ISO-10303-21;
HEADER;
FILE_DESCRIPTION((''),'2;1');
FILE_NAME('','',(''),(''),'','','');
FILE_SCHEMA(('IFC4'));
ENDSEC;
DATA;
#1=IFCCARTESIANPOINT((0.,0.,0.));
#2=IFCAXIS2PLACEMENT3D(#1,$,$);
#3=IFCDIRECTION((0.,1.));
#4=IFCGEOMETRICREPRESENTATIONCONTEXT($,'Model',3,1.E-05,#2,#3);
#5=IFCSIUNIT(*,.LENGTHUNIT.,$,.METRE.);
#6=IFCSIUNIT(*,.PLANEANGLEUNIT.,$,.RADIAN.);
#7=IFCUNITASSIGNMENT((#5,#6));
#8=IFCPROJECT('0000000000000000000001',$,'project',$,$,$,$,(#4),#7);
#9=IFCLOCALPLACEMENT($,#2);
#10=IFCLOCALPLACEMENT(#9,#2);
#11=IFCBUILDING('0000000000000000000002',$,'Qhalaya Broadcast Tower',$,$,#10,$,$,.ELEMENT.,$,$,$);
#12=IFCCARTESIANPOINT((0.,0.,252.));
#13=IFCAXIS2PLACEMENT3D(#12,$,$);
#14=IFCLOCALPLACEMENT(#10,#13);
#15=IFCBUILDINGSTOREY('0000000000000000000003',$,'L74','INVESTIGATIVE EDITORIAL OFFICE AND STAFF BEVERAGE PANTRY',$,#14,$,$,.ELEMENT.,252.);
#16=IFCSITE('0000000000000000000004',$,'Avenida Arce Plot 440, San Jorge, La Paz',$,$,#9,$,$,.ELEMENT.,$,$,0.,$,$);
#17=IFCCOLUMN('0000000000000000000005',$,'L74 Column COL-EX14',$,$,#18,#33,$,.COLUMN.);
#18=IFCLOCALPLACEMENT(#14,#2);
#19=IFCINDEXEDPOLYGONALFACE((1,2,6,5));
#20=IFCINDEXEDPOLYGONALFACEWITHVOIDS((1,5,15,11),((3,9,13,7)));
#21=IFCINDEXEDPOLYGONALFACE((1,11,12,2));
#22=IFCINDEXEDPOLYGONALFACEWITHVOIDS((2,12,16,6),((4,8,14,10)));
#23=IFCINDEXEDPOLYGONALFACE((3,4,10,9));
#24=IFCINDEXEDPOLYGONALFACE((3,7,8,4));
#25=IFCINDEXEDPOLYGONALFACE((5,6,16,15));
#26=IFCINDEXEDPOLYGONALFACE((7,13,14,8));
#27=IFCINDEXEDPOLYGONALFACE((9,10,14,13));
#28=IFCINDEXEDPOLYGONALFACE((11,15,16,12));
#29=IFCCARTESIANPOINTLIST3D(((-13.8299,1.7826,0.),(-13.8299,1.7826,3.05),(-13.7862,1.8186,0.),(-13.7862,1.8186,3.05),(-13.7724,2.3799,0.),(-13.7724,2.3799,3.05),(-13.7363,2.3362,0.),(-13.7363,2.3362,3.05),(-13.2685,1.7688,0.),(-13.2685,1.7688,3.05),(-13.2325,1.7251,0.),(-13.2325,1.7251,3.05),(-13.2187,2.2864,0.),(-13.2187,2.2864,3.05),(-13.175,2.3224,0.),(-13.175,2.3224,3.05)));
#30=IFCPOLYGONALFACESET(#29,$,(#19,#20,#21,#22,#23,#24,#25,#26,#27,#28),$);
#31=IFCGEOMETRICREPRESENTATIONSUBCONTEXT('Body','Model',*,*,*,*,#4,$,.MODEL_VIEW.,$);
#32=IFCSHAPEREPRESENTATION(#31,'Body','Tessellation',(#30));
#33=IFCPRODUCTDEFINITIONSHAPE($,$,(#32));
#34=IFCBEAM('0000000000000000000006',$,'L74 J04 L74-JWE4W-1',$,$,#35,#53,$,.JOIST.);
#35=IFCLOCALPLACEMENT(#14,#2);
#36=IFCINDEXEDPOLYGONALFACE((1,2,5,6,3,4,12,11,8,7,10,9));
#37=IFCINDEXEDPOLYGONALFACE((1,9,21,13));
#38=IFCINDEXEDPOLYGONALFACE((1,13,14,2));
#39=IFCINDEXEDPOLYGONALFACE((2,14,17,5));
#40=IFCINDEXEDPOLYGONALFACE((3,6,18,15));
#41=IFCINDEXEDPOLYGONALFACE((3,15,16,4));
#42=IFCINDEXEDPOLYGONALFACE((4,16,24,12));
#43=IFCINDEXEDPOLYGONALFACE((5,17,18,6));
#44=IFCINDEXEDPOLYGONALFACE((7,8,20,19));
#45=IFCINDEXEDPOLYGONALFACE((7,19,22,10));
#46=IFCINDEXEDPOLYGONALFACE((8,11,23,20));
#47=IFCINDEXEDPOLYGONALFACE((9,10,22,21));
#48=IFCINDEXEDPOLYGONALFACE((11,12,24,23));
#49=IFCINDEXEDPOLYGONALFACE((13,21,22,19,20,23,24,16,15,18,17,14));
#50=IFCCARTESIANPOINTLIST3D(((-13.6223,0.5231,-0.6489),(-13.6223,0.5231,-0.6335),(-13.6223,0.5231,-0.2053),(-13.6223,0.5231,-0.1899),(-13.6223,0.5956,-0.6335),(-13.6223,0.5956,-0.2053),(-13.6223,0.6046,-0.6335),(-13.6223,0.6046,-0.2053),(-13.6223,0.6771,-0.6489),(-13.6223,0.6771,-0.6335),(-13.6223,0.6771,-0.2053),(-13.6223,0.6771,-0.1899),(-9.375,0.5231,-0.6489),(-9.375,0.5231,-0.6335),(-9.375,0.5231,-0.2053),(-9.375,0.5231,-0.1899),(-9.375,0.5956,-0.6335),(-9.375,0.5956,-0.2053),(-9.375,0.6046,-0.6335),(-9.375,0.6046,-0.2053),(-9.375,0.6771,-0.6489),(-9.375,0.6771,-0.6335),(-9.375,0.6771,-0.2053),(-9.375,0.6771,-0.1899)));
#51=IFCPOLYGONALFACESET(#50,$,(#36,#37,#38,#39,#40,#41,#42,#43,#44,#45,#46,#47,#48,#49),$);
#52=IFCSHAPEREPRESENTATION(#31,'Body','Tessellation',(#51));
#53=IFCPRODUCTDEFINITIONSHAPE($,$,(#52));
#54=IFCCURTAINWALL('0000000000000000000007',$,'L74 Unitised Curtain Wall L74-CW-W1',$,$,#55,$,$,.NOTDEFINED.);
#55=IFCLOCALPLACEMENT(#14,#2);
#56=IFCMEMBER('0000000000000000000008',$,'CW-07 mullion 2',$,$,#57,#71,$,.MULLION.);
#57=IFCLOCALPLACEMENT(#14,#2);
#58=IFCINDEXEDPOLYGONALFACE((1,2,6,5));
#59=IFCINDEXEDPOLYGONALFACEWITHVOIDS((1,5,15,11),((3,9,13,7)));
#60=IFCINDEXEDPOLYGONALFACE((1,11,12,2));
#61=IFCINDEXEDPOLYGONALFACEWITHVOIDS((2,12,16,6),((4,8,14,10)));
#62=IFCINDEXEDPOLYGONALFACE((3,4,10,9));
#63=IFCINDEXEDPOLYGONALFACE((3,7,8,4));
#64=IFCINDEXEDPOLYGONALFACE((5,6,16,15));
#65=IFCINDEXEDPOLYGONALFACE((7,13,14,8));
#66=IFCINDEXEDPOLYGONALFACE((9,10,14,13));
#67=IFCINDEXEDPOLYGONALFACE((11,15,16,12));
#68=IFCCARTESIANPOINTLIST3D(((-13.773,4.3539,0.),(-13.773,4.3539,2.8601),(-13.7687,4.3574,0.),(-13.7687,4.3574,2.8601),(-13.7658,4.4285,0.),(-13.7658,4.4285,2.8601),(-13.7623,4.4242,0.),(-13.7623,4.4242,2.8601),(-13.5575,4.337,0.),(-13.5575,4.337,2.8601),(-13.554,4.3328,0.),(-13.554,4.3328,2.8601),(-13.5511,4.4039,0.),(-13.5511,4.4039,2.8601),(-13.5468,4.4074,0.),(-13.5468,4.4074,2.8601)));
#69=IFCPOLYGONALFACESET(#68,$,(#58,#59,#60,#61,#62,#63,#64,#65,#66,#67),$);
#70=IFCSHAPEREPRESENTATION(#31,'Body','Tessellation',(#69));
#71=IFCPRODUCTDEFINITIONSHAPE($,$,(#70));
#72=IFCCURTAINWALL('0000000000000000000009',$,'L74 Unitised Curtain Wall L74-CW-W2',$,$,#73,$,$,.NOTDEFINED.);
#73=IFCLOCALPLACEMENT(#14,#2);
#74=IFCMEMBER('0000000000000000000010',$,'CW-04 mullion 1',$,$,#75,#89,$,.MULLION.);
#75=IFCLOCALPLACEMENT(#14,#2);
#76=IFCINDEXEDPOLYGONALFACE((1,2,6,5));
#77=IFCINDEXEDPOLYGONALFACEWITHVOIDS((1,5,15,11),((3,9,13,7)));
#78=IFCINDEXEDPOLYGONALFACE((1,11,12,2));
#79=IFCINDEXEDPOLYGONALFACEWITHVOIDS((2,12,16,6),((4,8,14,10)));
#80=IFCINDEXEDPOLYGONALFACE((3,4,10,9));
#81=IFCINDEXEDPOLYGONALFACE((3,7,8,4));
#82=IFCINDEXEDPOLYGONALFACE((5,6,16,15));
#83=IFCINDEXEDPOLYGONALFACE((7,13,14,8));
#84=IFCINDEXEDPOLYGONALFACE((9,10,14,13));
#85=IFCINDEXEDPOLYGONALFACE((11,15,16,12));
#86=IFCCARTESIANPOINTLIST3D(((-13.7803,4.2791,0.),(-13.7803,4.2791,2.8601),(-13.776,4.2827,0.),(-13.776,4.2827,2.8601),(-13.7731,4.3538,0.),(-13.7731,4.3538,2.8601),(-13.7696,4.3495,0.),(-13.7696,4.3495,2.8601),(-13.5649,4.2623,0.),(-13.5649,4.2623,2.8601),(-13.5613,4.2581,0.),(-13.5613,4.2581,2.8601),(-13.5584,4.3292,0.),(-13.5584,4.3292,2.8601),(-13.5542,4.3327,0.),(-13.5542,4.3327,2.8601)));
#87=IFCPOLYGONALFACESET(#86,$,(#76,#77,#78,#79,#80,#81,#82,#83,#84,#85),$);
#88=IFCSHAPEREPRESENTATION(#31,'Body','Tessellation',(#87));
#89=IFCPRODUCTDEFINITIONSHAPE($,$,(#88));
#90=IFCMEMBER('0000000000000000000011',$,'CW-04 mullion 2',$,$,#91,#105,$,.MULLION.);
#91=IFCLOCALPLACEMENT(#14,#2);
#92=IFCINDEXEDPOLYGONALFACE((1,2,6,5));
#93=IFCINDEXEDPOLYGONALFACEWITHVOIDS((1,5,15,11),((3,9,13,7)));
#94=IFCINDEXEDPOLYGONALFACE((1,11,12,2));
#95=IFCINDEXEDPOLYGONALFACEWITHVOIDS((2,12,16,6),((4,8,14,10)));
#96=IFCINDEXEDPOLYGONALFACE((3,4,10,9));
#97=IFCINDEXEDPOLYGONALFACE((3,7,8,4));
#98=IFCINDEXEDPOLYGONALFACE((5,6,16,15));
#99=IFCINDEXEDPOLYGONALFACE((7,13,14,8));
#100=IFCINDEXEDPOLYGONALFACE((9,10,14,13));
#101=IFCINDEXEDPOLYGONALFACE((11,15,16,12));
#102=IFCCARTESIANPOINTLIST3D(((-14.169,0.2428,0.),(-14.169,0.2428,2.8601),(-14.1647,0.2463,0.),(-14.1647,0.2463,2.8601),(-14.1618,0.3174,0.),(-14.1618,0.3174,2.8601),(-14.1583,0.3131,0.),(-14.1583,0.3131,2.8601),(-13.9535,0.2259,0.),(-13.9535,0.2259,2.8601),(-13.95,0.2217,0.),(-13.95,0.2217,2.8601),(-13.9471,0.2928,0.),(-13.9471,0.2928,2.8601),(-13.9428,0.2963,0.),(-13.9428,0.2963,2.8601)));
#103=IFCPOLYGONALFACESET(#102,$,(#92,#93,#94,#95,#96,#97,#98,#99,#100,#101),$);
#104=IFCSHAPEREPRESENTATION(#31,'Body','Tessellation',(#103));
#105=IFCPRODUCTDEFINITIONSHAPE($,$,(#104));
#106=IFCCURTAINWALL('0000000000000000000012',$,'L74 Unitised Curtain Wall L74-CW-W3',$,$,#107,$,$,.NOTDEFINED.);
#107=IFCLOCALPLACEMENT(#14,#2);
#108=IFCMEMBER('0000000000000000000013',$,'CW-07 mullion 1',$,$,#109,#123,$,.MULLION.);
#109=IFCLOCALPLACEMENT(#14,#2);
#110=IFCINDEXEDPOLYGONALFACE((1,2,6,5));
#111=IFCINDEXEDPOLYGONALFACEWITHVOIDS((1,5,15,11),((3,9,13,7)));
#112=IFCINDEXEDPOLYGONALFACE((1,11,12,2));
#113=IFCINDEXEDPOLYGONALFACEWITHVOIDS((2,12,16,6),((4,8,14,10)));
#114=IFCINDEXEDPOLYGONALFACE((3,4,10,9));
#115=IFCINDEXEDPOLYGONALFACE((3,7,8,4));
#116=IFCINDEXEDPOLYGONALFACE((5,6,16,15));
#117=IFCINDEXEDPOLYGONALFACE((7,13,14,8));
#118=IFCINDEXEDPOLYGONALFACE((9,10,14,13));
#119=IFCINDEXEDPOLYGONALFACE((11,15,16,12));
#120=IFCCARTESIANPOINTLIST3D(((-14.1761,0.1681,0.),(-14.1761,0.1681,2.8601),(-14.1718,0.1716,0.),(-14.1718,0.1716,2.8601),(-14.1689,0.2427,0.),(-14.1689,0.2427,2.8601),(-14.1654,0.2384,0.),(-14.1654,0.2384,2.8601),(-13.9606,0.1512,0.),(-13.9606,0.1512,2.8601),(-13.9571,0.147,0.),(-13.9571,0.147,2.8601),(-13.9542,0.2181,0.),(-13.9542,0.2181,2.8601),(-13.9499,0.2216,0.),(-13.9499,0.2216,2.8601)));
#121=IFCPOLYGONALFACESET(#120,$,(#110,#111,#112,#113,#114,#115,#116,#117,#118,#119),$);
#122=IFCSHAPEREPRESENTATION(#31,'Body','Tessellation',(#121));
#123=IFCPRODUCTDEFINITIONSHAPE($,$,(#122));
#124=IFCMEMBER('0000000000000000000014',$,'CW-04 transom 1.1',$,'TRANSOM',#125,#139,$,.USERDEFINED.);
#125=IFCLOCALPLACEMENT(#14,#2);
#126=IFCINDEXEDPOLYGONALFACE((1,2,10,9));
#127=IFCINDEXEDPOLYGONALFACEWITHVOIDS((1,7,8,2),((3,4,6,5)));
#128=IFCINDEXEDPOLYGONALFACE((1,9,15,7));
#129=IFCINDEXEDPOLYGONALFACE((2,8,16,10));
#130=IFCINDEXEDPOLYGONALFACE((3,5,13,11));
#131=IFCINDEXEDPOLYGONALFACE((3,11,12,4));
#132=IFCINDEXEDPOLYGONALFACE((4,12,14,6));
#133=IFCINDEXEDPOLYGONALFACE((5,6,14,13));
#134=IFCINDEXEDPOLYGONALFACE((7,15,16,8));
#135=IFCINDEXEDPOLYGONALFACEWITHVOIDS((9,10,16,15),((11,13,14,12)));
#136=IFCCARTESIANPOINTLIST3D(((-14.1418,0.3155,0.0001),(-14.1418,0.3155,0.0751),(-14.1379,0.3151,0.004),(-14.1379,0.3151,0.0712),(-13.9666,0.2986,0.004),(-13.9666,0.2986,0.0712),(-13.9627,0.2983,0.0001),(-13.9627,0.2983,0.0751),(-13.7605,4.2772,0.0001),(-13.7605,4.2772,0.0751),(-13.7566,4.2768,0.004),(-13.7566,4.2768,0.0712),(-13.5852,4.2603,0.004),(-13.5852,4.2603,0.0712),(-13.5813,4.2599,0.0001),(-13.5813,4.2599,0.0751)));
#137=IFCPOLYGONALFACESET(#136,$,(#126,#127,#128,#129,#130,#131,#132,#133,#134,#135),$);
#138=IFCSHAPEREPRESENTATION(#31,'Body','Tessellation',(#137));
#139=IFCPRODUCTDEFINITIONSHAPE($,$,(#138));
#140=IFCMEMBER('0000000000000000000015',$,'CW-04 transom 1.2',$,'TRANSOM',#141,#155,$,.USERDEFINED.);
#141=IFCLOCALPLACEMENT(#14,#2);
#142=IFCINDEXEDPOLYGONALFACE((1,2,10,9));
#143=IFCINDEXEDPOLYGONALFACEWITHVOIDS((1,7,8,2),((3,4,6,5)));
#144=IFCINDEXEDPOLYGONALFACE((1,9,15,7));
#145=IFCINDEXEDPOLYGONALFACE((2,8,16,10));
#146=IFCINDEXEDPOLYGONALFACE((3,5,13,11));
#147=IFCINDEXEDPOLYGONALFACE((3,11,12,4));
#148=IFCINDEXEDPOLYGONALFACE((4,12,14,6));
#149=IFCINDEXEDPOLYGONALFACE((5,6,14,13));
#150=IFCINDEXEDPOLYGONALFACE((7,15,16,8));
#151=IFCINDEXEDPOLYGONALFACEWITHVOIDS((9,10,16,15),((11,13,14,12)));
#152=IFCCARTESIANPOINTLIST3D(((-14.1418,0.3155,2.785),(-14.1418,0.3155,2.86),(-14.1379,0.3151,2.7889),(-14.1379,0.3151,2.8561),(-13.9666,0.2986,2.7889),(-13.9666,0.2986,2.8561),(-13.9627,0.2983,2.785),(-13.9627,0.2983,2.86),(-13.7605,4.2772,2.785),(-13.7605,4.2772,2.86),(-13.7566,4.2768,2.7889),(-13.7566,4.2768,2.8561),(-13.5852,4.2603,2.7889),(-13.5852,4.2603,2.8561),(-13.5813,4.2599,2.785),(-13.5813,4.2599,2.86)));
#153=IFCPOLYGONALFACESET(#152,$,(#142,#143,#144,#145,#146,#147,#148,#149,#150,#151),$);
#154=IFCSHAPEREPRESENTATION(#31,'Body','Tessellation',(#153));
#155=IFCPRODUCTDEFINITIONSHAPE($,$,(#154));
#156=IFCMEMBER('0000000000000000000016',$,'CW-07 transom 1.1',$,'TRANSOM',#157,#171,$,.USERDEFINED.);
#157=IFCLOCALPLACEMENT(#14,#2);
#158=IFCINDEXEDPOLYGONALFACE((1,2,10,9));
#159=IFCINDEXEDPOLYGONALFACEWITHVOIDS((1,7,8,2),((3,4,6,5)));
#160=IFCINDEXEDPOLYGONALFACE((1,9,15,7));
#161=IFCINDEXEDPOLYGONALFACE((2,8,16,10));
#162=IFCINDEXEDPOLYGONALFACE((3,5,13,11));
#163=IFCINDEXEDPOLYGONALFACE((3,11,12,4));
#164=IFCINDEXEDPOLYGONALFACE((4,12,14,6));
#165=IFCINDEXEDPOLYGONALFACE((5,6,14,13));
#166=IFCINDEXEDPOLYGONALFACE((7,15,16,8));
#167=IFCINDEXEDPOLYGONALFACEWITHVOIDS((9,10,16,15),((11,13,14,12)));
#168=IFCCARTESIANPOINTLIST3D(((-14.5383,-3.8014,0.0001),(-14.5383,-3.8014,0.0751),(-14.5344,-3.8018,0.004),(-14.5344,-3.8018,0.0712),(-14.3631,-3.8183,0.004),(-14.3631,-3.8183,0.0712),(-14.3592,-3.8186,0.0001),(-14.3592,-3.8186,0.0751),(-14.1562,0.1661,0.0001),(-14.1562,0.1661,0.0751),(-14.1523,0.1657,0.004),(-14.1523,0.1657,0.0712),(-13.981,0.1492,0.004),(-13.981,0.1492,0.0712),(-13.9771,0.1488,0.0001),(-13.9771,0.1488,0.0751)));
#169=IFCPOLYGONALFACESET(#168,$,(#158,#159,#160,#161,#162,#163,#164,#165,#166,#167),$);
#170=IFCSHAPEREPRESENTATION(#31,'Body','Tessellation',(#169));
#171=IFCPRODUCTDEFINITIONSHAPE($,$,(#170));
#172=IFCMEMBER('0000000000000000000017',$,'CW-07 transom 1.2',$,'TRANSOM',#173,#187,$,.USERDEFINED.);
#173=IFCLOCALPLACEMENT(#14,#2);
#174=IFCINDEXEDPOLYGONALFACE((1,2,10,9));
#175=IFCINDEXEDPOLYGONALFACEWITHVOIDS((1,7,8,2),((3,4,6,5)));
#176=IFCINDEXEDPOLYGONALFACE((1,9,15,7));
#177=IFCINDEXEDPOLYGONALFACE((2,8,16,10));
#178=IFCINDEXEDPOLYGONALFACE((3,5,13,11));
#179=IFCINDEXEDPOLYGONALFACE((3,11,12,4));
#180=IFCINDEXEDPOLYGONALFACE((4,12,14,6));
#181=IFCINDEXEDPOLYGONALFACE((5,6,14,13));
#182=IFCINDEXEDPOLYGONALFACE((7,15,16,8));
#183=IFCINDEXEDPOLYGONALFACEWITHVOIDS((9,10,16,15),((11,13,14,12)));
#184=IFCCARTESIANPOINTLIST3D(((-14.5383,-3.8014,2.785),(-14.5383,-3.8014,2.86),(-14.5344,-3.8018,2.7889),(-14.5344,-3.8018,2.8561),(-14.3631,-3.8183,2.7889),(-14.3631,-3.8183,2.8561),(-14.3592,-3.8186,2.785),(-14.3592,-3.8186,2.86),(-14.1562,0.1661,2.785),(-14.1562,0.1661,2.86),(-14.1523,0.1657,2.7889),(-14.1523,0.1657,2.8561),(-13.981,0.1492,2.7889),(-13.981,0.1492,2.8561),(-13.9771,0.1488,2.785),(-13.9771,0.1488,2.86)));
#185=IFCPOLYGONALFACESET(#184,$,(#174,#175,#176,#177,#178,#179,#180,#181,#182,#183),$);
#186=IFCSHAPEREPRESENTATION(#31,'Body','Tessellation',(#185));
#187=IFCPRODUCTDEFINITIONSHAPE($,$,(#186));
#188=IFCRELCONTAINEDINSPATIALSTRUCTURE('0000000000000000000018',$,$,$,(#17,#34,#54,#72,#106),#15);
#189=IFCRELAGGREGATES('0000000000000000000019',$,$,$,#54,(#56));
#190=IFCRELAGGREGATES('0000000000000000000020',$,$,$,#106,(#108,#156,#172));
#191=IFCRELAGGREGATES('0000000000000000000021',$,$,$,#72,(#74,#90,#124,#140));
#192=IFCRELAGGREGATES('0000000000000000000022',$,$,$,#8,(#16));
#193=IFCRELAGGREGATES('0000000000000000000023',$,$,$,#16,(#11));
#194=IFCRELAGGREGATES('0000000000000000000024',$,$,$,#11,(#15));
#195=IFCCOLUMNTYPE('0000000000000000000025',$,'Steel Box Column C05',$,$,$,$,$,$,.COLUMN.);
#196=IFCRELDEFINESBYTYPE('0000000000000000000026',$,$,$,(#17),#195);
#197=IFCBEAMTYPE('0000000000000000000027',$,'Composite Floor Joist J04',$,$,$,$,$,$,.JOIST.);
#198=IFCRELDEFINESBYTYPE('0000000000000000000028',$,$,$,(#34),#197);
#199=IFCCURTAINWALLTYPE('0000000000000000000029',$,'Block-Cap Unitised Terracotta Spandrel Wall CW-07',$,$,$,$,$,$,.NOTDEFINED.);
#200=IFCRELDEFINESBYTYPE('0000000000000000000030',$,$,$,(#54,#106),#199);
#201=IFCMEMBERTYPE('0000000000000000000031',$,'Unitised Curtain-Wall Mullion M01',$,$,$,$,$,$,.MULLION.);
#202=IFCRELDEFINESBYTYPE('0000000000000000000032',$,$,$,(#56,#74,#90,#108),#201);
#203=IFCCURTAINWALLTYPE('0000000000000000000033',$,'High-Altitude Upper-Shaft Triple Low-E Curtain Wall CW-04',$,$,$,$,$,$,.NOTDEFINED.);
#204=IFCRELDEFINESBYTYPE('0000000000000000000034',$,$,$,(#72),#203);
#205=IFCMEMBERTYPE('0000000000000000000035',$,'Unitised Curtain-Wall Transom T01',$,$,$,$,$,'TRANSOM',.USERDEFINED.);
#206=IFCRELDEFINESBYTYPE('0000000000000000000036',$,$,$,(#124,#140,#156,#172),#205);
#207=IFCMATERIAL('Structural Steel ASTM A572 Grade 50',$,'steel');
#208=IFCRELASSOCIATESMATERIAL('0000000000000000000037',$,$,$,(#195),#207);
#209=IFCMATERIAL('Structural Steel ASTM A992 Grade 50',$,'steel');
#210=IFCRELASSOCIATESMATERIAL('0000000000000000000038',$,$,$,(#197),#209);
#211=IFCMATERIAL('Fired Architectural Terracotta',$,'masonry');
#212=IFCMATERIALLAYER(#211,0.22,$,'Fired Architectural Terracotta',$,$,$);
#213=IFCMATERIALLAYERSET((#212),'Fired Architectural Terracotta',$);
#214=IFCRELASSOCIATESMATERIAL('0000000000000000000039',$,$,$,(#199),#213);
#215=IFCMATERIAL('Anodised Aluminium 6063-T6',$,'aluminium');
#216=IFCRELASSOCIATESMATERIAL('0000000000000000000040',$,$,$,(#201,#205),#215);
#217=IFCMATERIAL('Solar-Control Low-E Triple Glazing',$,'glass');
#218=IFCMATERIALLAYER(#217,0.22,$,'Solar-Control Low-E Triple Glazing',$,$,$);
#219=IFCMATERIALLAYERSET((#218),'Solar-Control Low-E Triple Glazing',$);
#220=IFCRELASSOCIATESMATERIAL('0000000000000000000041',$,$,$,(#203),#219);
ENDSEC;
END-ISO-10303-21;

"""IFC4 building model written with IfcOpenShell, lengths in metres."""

from ifc_helpers import new_model, si_unit, direction, frame, origin, origin_2d, place, context, subcontext, project, spatial, hollow_rectangle, i_section, extrude, material, layer, layer_set, material_profile, profile_set, type_object, element, aggregate, save


model = new_model("IFC4")

# Units and contexts
model_context = context("Model", 3, precision=1e-05, world=origin(), true_north=direction((0.0, 1.0)))
body_context = subcontext(model_context, "Body", "Model", "MODEL_VIEW")
ifc_project = project(units=[si_unit("LENGTHUNIT", "METRE"), si_unit("PLANEANGLEUNIT", "RADIAN")], contexts=[model_context])

# Site, building, storey
site_placement = place(None, origin())
site = spatial("IfcSite", under=ifc_project, at=site_placement, Name="Avenida Arce Plot 440, San Jorge, La Paz", CompositionType="ELEMENT", RefElevation=0.0)
building_placement = place(site_placement, origin())
building = spatial("IfcBuilding", under=site, at=building_placement, Name="Qhalaya Broadcast Tower", CompositionType="ELEMENT")
storey_placement = place(building_placement, frame((0.0, 0.0, 252.0)))
storey = spatial("IfcBuildingStorey", under=building, at=storey_placement, Name="L74", Description="INVESTIGATIVE EDITORIAL OFFICE AND STAFF BEVERAGE PANTRY", CompositionType="ELEMENT", Elevation=252.0)

# Column
ifc_material_1 = material(Name="Structural Steel ASTM A572 Grade 50", Category="steel")
ifc_material_profile_1 = material_profile(ifc_material_1, hollow_rectangle(XDim=0.6001, YDim=0.6001, WallThickness=0.04, at=origin_2d()), Name="BOX 600x600x40")
ifc_profile_set_1 = profile_set([ifc_material_profile_1], Name="Structural Steel ASTM A572 Grade 50")
column_type = type_object("IfcColumnType", Name="Steel Box Column C05", PredefinedType="COLUMN", material=ifc_profile_set_1)
column_placement = place(storey_placement, frame((-13.5024, 2.0525, 0.0), z_axis=(0.0, 0.0, 1.0), x_axis=(0.095846, 0.995396, 0.0)))
element("IfcColumn", 1, at=column_placement, inside=storey, type_object=column_type, Name="L74 Column COL-EX14", PredefinedType="COLUMN", context=body_context, shape_type="SweptSolid", body=[
    extrude(hollow_rectangle(XDim=0.6001, YDim=0.6001, WallThickness=0.04, at=origin_2d()), origin(), (0.0, 0.0, 1.0), 3.05),
])

# Beam
ifc_material_2 = material(Name="Structural Steel ASTM A992 Grade 50", Category="steel")
ifc_material_profile_2 = material_profile(ifc_material_2, i_section(OverallWidth=0.1541, OverallDepth=0.459, WebThickness=0.009, FlangeThickness=0.0154, at=origin_2d()), Name="W18X46")
ifc_profile_set_2 = profile_set([ifc_material_profile_2], Name="Structural Steel ASTM A992 Grade 50")
beam_type_1 = type_object("IfcBeamType", Name="Composite Floor Joist J04", PredefinedType="JOIST", material=ifc_profile_set_2)
beam_1_placement = place(storey_placement, frame((-13.6223, 0.6001, -0.4194), z_axis=(1.0, 0.0, 0.0), x_axis=(0.0, 1.0, 0.0)))
element("IfcBeam", 2, at=beam_1_placement, inside=storey, type_object=beam_type_1, Name="L74 J04 L74-JWE4W-1", PredefinedType="JOIST", context=body_context, shape_type="SweptSolid", body=[
    extrude(i_section(OverallWidth=0.1541, OverallDepth=0.459, WebThickness=0.009, FlangeThickness=0.0154, at=origin_2d()), origin(), (0.0, 0.0, 1.0), 4.2473),
])

# Curtain wall, member
ifc_material_3 = material(Name="Fired Architectural Terracotta", Category="masonry")
ifc_layer_1 = layer(ifc_material_3, 0.22, Name="Fired Architectural Terracotta")
ifc_layer_set_1 = layer_set([ifc_layer_1], Name="Fired Architectural Terracotta")
curtain_wall_type_1 = type_object("IfcCurtainWallType", Name="Block-Cap Unitised Terracotta Spandrel Wall CW-07", PredefinedType="NOTDEFINED", material=ifc_layer_set_1)
curtain_wall_1_placement = place(storey_placement, origin())
curtain_wall_1 = element("IfcCurtainWall", 3, at=curtain_wall_1_placement, inside=storey, type_object=curtain_wall_type_1, Name="L74 Unitised Curtain Wall L74-CW-W1", PredefinedType="NOTDEFINED")
ifc_material_4 = material(Name="Anodised Aluminium 6063-T6", Category="aluminium")
ifc_material_profile_3 = material_profile(ifc_material_4, hollow_rectangle(XDim=0.075, YDim=0.22, WallThickness=0.0039, at=origin_2d()), Name="ALU-MUL 75x220x4")
ifc_profile_set_3 = profile_set([ifc_material_profile_3], Name="Anodised Aluminium 6063-T6")
member_type_1 = type_object("IfcMemberType", Name="Unitised Curtain-Wall Mullion M01", PredefinedType="MULLION", material=ifc_profile_set_3)
member_1_placement = place(storey_placement, frame((-13.6599, 4.3806, 0.0), z_axis=(0.0, 0.0, 1.0), x_axis=(-0.09584, -0.995397, 0.0)))
member_1 = element("IfcMember", 4, at=member_1_placement, type_object=member_type_1, Name="CW-07 mullion 2", PredefinedType="MULLION", context=body_context, shape_type="SweptSolid", body=[
    extrude(hollow_rectangle(XDim=0.075, YDim=0.22, WallThickness=0.0039, at=origin_2d()), origin(), (0.0, 0.0, 1.0), 2.8601),
])
aggregate(curtain_wall_1, [member_1])

# Curtain wall, members
ifc_material_5 = material(Name="Solar-Control Low-E Triple Glazing", Category="glass")
ifc_layer_2 = layer(ifc_material_5, 0.22, Name="Solar-Control Low-E Triple Glazing")
ifc_layer_set_2 = layer_set([ifc_layer_2], Name="Solar-Control Low-E Triple Glazing")
curtain_wall_type_2 = type_object("IfcCurtainWallType", Name="High-Altitude Upper-Shaft Triple Low-E Curtain Wall CW-04", PredefinedType="NOTDEFINED", material=ifc_layer_set_2)
curtain_wall_2_placement = place(storey_placement, origin())
curtain_wall_2 = element("IfcCurtainWall", 5, at=curtain_wall_2_placement, inside=storey, type_object=curtain_wall_type_2, Name="L74 Unitised Curtain Wall L74-CW-W2", PredefinedType="NOTDEFINED")
member_2_placement = place(storey_placement, frame((-13.6672, 4.3059, 0.0), z_axis=(0.0, 0.0, 1.0), x_axis=(-0.095859, -0.995395, 0.0)))
member_2 = element("IfcMember", 6, at=member_2_placement, type_object=member_type_1, Name="CW-04 mullion 1", PredefinedType="MULLION", context=body_context, shape_type="SweptSolid", body=[
    extrude(hollow_rectangle(XDim=0.075, YDim=0.22, WallThickness=0.0039, at=origin_2d()), origin(), (0.0, 0.0, 1.0), 2.8601),
])
member_3_placement = place(storey_placement, frame((-14.0559, 0.2695, 0.0), z_axis=(0.0, 0.0, 1.0), x_axis=(-0.095859, -0.995395, 0.0)))
member_3 = element("IfcMember", 7, at=member_3_placement, type_object=member_type_1, Name="CW-04 mullion 2", PredefinedType="MULLION", context=body_context, shape_type="SweptSolid", body=[
    extrude(hollow_rectangle(XDim=0.075, YDim=0.22, WallThickness=0.0039, at=origin_2d()), origin(), (0.0, 0.0, 1.0), 2.8601),
])

# Curtain wall, member
curtain_wall_3_placement = place(storey_placement, origin())
curtain_wall_3 = element("IfcCurtainWall", 8, at=curtain_wall_3_placement, inside=storey, type_object=curtain_wall_type_1, Name="L74 Unitised Curtain Wall L74-CW-W3", PredefinedType="NOTDEFINED")
member_4_placement = place(storey_placement, frame((-14.063, 0.1948, 0.0), z_axis=(0.0, 0.0, 1.0), x_axis=(-0.095843, -0.995396, 0.0)))
member_4 = element("IfcMember", 9, at=member_4_placement, type_object=member_type_1, Name="CW-07 mullion 1", PredefinedType="MULLION", context=body_context, shape_type="SweptSolid", body=[
    extrude(hollow_rectangle(XDim=0.075, YDim=0.22, WallThickness=0.0039, at=origin_2d()), origin(), (0.0, 0.0, 1.0), 2.8601),
])

# Members
ifc_material_profile_4 = material_profile(ifc_material_4, hollow_rectangle(XDim=0.075, YDim=0.1799, WallThickness=0.0039, at=origin_2d()), Name="ALU-TRN 75x180x4")
ifc_profile_set_4 = profile_set([ifc_material_profile_4], Name="Anodised Aluminium 6063-T6")
member_type_2 = type_object("IfcMemberType", Name="Unitised Curtain-Wall Transom T01", ElementType="TRANSOM", PredefinedType="USERDEFINED", material=ifc_profile_set_4)
member_5_placement = place(storey_placement, frame((-13.6709, 4.2686, 0.0376), z_axis=(-0.095816, -0.995399, 0.0), x_axis=(0.0, 0.0, 1.0)))
member_5 = element("IfcMember", 10, at=member_5_placement, type_object=member_type_2, Name="CW-04 transom 1.1", ObjectType="TRANSOM", PredefinedType="USERDEFINED", context=body_context, shape_type="SweptSolid", body=[
    extrude(hollow_rectangle(XDim=0.075, YDim=0.1799, WallThickness=0.0039, at=origin_2d()), origin(), (0.0, 0.0, 1.0), 3.98),
])
member_6_placement = place(storey_placement, frame((-13.6709, 4.2686, 2.8225), z_axis=(-0.095816, -0.995399, 0.0), x_axis=(0.0, 0.0, 1.0)))
member_6 = element("IfcMember", 11, at=member_6_placement, type_object=member_type_2, Name="CW-04 transom 1.2", ObjectType="TRANSOM", PredefinedType="USERDEFINED", context=body_context, shape_type="SweptSolid", body=[
    extrude(hollow_rectangle(XDim=0.075, YDim=0.1799, WallThickness=0.0039, at=origin_2d()), origin(), (0.0, 0.0, 1.0), 3.98),
])
member_7_placement = place(storey_placement, frame((-14.0667, 0.1575, 0.0376), z_axis=(-0.095858, -0.995395, 0.0), x_axis=(0.0, 0.0, 1.0)))
member_7 = element("IfcMember", 12, at=member_7_placement, type_object=member_type_2, Name="CW-07 transom 1.1", ObjectType="TRANSOM", PredefinedType="USERDEFINED", context=body_context, shape_type="SweptSolid", body=[
    extrude(hollow_rectangle(XDim=0.075, YDim=0.1799, WallThickness=0.0039, at=origin_2d()), origin(), (0.0, 0.0, 1.0), 3.9858),
])
member_8_placement = place(storey_placement, frame((-14.0667, 0.1575, 2.8225), z_axis=(-0.095858, -0.995395, 0.0), x_axis=(0.0, 0.0, 1.0)))
member_8 = element("IfcMember", 13, at=member_8_placement, type_object=member_type_2, Name="CW-07 transom 1.2", ObjectType="TRANSOM", PredefinedType="USERDEFINED", context=body_context, shape_type="SweptSolid", body=[
    extrude(hollow_rectangle(XDim=0.075, YDim=0.1799, WallThickness=0.0039, at=origin_2d()), origin(), (0.0, 0.0, 1.0), 3.9858),
])

aggregate(curtain_wall_3, [member_4, member_7, member_8])
aggregate(curtain_wall_2, [member_2, member_3, member_5, member_6])

save(model, "model.ifc")
